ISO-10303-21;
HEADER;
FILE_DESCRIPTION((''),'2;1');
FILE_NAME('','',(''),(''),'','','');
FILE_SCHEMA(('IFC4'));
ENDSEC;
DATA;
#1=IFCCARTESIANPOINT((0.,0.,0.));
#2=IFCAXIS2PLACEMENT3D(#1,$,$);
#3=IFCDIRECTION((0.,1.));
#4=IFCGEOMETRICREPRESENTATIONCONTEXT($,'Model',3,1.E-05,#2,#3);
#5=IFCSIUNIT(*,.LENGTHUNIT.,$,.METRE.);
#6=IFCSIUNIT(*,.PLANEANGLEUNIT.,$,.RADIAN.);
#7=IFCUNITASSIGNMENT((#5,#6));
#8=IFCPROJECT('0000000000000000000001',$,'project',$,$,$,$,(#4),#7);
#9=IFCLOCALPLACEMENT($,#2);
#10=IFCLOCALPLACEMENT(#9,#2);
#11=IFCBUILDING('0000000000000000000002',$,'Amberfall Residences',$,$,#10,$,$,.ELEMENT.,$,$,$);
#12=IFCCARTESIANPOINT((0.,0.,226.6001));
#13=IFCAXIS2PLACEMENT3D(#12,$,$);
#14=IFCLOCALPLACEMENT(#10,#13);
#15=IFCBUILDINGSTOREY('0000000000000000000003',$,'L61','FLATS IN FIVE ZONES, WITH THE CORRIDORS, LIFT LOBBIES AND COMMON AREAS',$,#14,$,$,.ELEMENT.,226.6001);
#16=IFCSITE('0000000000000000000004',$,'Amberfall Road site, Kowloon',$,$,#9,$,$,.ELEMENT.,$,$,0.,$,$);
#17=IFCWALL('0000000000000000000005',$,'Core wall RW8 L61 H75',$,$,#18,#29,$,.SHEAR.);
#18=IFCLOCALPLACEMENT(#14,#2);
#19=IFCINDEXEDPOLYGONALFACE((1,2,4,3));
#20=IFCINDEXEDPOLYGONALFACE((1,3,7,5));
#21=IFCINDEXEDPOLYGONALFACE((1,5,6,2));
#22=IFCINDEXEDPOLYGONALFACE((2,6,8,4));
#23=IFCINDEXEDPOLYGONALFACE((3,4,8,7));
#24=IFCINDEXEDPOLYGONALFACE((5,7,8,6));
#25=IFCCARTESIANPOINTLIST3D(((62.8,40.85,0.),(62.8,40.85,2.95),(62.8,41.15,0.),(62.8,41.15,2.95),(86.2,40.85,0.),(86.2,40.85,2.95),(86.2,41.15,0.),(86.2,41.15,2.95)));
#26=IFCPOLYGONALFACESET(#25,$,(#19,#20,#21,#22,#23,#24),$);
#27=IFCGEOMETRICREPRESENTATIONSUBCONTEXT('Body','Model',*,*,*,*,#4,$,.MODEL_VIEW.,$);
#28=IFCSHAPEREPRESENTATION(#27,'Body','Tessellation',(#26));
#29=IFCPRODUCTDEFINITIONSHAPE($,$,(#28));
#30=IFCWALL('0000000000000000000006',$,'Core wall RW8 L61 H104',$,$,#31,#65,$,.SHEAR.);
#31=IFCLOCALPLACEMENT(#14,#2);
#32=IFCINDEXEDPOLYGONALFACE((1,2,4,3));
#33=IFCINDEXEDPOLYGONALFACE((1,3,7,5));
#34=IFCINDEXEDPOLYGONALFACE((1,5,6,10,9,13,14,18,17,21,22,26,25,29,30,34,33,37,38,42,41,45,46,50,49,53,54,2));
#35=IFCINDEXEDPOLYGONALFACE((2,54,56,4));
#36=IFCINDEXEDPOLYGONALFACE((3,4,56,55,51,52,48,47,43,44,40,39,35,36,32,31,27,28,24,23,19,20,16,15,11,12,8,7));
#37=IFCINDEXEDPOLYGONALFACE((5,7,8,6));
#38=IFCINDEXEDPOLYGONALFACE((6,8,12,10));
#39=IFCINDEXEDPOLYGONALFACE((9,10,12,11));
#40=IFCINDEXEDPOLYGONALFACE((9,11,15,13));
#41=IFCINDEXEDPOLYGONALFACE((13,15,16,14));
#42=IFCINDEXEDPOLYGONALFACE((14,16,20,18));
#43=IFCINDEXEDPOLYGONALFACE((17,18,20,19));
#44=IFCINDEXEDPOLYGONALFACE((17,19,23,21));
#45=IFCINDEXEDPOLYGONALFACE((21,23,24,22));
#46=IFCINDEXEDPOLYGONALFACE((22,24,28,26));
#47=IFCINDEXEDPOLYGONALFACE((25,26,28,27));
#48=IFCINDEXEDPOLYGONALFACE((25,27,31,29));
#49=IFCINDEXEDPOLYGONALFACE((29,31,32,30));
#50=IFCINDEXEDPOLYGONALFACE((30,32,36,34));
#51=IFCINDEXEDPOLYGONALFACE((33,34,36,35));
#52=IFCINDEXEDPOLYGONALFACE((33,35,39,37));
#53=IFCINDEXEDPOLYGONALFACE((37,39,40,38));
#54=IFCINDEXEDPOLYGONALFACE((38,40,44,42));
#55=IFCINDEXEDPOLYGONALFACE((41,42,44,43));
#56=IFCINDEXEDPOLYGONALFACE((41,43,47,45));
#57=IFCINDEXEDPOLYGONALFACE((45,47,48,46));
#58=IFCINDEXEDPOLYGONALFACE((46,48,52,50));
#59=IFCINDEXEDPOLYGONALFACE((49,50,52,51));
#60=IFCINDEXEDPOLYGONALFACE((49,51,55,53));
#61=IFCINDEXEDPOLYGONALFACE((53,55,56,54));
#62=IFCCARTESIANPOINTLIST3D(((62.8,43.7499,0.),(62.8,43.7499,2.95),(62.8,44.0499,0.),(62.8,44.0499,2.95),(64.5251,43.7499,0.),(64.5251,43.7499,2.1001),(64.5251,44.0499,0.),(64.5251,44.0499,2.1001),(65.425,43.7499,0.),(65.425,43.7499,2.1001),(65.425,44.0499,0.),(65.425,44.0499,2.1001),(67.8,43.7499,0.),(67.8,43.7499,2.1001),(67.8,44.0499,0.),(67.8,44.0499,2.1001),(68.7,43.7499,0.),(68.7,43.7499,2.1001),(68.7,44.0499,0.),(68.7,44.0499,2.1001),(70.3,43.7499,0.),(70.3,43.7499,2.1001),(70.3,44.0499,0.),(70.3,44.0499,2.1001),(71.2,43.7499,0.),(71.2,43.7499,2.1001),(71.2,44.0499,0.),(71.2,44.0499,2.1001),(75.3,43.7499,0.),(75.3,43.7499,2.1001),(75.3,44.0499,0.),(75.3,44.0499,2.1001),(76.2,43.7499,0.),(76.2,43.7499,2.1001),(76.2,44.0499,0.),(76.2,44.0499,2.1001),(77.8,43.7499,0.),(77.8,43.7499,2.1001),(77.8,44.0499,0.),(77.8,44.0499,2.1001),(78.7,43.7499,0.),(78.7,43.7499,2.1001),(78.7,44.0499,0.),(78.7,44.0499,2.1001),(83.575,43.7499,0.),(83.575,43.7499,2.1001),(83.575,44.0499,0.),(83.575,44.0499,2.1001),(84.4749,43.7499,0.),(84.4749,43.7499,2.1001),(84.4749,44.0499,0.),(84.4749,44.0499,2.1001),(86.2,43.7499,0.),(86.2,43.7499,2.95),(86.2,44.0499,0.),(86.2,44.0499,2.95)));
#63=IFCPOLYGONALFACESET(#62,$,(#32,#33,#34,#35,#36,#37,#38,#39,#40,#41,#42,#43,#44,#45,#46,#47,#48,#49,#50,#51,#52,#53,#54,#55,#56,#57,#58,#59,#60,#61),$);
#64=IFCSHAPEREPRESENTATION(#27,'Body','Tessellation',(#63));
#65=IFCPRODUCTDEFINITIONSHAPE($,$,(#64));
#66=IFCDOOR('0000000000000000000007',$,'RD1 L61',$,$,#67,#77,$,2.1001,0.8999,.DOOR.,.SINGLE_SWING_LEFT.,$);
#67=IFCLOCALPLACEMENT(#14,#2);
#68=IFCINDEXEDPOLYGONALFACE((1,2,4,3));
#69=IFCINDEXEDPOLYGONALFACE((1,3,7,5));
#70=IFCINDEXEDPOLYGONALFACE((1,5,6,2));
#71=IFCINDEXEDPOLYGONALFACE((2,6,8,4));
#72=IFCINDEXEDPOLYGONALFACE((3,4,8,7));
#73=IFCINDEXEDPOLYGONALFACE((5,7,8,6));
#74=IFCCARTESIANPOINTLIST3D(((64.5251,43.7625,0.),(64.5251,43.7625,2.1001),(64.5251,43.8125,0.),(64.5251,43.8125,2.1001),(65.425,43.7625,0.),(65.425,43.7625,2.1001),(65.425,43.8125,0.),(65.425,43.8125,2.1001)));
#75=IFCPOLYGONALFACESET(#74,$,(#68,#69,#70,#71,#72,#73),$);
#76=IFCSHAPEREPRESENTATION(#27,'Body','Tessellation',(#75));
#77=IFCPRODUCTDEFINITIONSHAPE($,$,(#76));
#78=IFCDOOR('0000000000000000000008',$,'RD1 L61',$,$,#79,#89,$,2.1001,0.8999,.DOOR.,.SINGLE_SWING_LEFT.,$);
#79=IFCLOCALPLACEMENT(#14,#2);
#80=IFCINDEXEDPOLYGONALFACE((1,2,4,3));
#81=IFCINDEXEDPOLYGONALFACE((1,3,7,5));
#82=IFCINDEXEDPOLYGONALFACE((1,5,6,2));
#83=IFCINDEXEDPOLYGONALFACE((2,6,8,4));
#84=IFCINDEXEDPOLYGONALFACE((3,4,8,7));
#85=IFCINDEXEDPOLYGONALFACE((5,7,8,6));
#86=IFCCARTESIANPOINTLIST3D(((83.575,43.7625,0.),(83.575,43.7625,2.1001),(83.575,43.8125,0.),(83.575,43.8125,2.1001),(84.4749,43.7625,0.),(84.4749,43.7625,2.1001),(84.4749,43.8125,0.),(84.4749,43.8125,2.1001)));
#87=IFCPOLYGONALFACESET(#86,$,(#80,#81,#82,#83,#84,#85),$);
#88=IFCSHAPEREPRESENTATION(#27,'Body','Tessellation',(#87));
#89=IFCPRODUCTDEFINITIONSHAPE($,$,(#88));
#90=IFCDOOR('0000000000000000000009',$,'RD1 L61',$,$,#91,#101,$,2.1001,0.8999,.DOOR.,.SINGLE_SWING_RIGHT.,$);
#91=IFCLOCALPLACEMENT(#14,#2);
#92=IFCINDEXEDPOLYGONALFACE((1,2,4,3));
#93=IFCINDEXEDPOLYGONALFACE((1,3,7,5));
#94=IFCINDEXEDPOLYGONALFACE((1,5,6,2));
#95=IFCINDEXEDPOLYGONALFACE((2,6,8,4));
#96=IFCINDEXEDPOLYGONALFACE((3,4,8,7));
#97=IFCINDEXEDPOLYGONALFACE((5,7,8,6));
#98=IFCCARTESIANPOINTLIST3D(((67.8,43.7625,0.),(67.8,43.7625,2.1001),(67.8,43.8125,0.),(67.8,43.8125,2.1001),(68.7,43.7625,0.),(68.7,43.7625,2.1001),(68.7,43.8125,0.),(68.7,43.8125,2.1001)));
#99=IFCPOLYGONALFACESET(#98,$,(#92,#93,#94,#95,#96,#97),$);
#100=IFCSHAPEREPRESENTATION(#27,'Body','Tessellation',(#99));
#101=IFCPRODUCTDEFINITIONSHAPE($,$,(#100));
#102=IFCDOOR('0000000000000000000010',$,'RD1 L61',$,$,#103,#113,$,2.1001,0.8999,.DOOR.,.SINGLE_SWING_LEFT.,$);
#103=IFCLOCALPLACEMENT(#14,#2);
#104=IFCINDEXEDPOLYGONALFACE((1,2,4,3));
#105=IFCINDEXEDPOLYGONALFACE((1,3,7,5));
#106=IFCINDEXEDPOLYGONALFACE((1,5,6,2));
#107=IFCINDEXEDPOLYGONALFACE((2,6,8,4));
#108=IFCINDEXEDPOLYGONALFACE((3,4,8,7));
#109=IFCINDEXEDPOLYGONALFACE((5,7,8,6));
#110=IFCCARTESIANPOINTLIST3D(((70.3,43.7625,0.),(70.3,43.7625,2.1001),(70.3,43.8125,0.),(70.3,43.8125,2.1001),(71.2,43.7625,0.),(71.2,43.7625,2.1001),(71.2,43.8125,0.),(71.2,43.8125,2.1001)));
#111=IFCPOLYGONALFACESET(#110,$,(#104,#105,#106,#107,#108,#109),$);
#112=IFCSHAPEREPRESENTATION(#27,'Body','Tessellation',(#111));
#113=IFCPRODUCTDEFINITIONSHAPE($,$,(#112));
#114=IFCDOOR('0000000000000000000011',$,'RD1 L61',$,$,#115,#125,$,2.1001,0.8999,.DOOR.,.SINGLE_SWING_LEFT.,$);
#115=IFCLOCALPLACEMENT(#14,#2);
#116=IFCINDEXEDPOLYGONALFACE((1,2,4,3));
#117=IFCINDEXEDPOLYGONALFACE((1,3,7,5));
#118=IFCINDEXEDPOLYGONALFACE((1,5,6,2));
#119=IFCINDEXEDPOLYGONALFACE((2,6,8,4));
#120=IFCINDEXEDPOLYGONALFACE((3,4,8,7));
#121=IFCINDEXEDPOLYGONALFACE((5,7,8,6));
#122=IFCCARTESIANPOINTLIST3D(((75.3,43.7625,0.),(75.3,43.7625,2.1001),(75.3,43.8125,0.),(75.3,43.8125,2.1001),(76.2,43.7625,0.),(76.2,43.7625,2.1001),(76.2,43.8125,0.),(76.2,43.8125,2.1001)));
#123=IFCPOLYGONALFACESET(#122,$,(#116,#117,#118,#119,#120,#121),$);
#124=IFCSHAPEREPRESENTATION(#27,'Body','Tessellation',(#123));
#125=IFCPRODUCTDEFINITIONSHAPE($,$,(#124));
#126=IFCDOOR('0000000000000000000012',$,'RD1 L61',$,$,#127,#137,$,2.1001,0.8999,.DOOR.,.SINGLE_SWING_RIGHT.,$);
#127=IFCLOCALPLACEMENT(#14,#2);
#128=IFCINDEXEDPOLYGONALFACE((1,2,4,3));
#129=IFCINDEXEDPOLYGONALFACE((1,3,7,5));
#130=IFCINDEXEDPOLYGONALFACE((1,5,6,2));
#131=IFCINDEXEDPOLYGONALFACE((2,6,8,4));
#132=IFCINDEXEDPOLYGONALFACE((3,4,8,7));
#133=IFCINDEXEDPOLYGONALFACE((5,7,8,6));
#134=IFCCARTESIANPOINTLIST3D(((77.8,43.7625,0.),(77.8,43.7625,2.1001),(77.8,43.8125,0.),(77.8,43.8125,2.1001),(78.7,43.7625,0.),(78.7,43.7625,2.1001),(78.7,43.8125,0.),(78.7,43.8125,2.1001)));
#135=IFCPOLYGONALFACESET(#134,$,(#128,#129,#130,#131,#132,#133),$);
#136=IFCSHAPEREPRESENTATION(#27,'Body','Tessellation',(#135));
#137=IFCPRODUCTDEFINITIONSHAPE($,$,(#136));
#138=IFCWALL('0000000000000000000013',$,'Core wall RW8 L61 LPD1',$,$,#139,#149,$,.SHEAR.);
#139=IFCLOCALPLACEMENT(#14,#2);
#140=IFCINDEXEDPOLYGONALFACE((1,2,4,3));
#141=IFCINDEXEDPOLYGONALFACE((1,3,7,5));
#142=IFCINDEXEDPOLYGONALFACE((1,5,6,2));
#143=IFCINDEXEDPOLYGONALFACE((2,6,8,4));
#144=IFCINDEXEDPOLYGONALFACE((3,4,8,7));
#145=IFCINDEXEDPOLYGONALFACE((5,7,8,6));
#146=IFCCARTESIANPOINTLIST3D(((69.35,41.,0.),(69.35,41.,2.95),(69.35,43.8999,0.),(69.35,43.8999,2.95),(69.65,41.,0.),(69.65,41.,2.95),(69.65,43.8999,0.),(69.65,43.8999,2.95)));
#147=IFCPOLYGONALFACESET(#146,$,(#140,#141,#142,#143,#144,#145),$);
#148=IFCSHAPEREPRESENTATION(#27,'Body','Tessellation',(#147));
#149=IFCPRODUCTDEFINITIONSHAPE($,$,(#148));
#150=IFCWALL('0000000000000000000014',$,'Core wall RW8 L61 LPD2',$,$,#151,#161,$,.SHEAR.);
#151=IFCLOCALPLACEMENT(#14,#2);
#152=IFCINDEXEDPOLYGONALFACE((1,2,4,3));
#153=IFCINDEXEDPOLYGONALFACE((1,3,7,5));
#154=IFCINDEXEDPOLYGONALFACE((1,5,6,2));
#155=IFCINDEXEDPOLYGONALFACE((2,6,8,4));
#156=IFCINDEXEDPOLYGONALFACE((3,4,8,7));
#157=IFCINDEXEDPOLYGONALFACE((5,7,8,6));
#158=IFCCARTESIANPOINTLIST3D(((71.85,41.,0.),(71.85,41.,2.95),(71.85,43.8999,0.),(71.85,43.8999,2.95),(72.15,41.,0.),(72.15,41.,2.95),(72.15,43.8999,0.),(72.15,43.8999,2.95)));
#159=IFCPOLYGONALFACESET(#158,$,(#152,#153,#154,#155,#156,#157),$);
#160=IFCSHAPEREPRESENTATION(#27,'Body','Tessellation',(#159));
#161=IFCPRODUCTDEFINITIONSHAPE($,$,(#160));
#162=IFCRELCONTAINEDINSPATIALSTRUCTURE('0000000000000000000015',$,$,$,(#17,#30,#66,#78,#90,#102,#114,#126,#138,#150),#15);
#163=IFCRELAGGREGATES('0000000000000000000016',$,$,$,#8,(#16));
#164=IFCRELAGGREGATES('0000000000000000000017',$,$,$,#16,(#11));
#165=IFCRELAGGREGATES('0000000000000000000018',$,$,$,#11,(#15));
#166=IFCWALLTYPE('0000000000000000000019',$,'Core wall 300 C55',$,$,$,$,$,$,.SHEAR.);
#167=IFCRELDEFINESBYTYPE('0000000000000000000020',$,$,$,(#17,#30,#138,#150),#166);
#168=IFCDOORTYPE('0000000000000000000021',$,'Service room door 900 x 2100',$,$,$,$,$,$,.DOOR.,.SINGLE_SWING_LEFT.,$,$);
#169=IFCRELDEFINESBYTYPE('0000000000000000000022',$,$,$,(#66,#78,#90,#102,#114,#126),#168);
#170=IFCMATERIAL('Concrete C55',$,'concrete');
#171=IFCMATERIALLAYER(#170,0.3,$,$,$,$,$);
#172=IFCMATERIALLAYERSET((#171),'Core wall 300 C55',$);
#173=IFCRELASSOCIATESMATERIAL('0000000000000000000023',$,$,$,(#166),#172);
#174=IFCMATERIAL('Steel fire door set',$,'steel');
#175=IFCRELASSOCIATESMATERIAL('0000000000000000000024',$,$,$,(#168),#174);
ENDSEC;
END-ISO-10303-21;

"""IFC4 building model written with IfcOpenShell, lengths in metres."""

from ifc_helpers import new_model, si_unit, direction, frame, frame_2d, origin, place, context, subcontext, project, spatial, rectangle, extrude, material, layer, layer_set, type_object, element, fill, save


model = new_model("IFC4")

# Units and contexts
model_context = context("Model", 3, precision=1e-05, world=origin(), true_north=direction((0.0, 1.0)))
body_context = subcontext(model_context, "Body", "Model", "MODEL_VIEW")
ifc_project = project(units=[si_unit("LENGTHUNIT", "METRE"), si_unit("PLANEANGLEUNIT", "RADIAN")], contexts=[model_context])

# Site, building, storey
site_placement = place(None, origin())
site = spatial("IfcSite", under=ifc_project, at=site_placement, Name="Amberfall Road site, Kowloon", CompositionType="ELEMENT", RefElevation=0.0)
building_placement = place(site_placement, origin())
building = spatial("IfcBuilding", under=site, at=building_placement, Name="Amberfall Residences", CompositionType="ELEMENT")
storey_placement = place(building_placement, frame((0.0, 0.0, 226.6001)))
storey = spatial("IfcBuildingStorey", under=building, at=storey_placement, Name="L61", Description="FLATS IN FIVE ZONES, WITH THE CORRIDORS, LIFT LOBBIES AND COMMON AREAS", CompositionType="ELEMENT", Elevation=226.6001)

# Wall
ifc_material_1 = material(Name="Concrete C55", Category="concrete")
ifc_layer = layer(ifc_material_1, 0.3)
ifc_layer_set = layer_set([ifc_layer], Name="Core wall 300 C55")
wall_type = type_object("IfcWallType", Name="Core wall 300 C55", PredefinedType="SHEAR", material=ifc_layer_set)
wall_1_placement = place(storey_placement, frame((62.8, 41.0, 0.0), z_axis=(0.0, 0.0, 1.0), x_axis=(1.0, 0.0, 0.0)))
element("IfcWall", 1, at=wall_1_placement, inside=storey, type_object=wall_type, Name="Core wall RW8 L61 H75", PredefinedType="SHEAR", context=body_context, shape_type="SweptSolid", body=[
    extrude(rectangle(XDim=23.3999, YDim=0.3, at=frame_2d((11.7, 0.0))), origin(), (0.0, 0.0, 1.0), 2.95),
])

# Wall, openings, doors
wall_2_placement = place(storey_placement, frame((62.8, 43.8999, 0.0), z_axis=(0.0, 0.0, 1.0), x_axis=(1.0, 0.0, 0.0)))
wall_2 = element("IfcWall", 2, at=wall_2_placement, inside=storey, type_object=wall_type, Name="Core wall RW8 L61 H104", PredefinedType="SHEAR", context=body_context, shape_type="SweptSolid", body=[
    extrude(rectangle(XDim=23.3999, YDim=0.3, at=frame_2d((11.7, 0.0))), origin(), (0.0, 0.0, 1.0), 2.95),
])
opening_1_placement = place(wall_2_placement, frame((1.7251, 0.0, 0.0)))
opening_1 = element("IfcOpeningElement", 3, at=opening_1_placement, cuts=wall_2, PredefinedType="OPENING", context=body_context, shape_type="SweptSolid", body=[
    extrude(rectangle(XDim=0.8999, YDim=2.1001, at=frame_2d((0.45, 1.05))), frame((0.0, 0.1599, 0.0), z_axis=(0.0, -1.0, 0.0), x_axis=(1.0, 0.0, 0.0)), (0.0, 0.0, 1.0), 0.3201),
])
opening_2_placement = place(wall_2_placement, frame((20.7749, 0.0, 0.0)))
opening_2 = element("IfcOpeningElement", 4, at=opening_2_placement, cuts=wall_2, PredefinedType="OPENING", context=body_context, shape_type="SweptSolid", body=[
    extrude(rectangle(XDim=0.8999, YDim=2.1001, at=frame_2d((0.45, 1.05))), frame((0.0, 0.1599, 0.0), z_axis=(0.0, -1.0, 0.0), x_axis=(1.0, 0.0, 0.0)), (0.0, 0.0, 1.0), 0.3201),
])
opening_3_placement = place(wall_2_placement, frame((5.0, 0.0, 0.0)))
opening_3 = element("IfcOpeningElement", 5, at=opening_3_placement, cuts=wall_2, PredefinedType="OPENING", context=body_context, shape_type="SweptSolid", body=[
    extrude(rectangle(XDim=0.8999, YDim=2.1001, at=frame_2d((0.45, 1.05))), frame((0.0, 0.1599, 0.0), z_axis=(0.0, -1.0, 0.0), x_axis=(1.0, 0.0, 0.0)), (0.0, 0.0, 1.0), 0.3201),
])
opening_4_placement = place(wall_2_placement, frame((7.5, 0.0, 0.0)))
opening_4 = element("IfcOpeningElement", 6, at=opening_4_placement, cuts=wall_2, PredefinedType="OPENING", context=body_context, shape_type="SweptSolid", body=[
    extrude(rectangle(XDim=0.8999, YDim=2.1001, at=frame_2d((0.45, 1.05))), frame((0.0, 0.1599, 0.0), z_axis=(0.0, -1.0, 0.0), x_axis=(1.0, 0.0, 0.0)), (0.0, 0.0, 1.0), 0.3201),
])
opening_5_placement = place(wall_2_placement, frame((12.5, 0.0, 0.0)))
opening_5 = element("IfcOpeningElement", 7, at=opening_5_placement, cuts=wall_2, PredefinedType="OPENING", context=body_context, shape_type="SweptSolid", body=[
    extrude(rectangle(XDim=0.8999, YDim=2.1001, at=frame_2d((0.45, 1.05))), frame((0.0, 0.1599, 0.0), z_axis=(0.0, -1.0, 0.0), x_axis=(1.0, 0.0, 0.0)), (0.0, 0.0, 1.0), 0.3201),
])
opening_6_placement = place(wall_2_placement, frame((15.0, 0.0, 0.0)))
opening_6 = element("IfcOpeningElement", 8, at=opening_6_placement, cuts=wall_2, PredefinedType="OPENING", context=body_context, shape_type="SweptSolid", body=[
    extrude(rectangle(XDim=0.8999, YDim=2.1001, at=frame_2d((0.45, 1.05))), frame((0.0, 0.1599, 0.0), z_axis=(0.0, -1.0, 0.0), x_axis=(1.0, 0.0, 0.0)), (0.0, 0.0, 1.0), 0.3201),
])
ifc_material_2 = material(Name="Steel fire door set", Category="steel")
door_type_1 = type_object("IfcDoorType", Name="Service room door 900 x 2100", OperationType="SINGLE_SWING_LEFT", PredefinedType="DOOR", material=ifc_material_2)
door_1_placement = place(opening_1_placement, origin())
door_1 = element("IfcDoor", 9, at=door_1_placement, inside=storey, type_object=door_type_1, Name="RD1 L61", OperationType="SINGLE_SWING_LEFT", OverallHeight=2.1001, OverallWidth=0.8999, PredefinedType="DOOR", context=body_context, shape_type="SweptSolid", body=[
    extrude(rectangle(XDim=0.8999, YDim=2.1001, at=frame_2d((0.45, 1.05))), frame((0.0, -0.0874, 0.0), z_axis=(0.0, -1.0, 0.0), x_axis=(1.0, 0.0, 0.0)), (0.0, 0.0, 1.0), 0.05),
])
fill(opening_1, door_1)
door_2_placement = place(opening_2_placement, origin())
door_2 = element("IfcDoor", 10, at=door_2_placement, inside=storey, type_object=door_type_1, Name="RD1 L61", OperationType="SINGLE_SWING_LEFT", OverallHeight=2.1001, OverallWidth=0.8999, PredefinedType="DOOR", context=body_context, shape_type="SweptSolid", body=[
    extrude(rectangle(XDim=0.8999, YDim=2.1001, at=frame_2d((0.45, 1.05))), frame((0.0, -0.0874, 0.0), z_axis=(0.0, -1.0, 0.0), x_axis=(1.0, 0.0, 0.0)), (0.0, 0.0, 1.0), 0.05),
])
fill(opening_2, door_2)
door_3_placement = place(opening_3_placement, origin())
door_3 = element("IfcDoor", 11, at=door_3_placement, inside=storey, type_object=door_type_1, Name="RD1 L61", OperationType="SINGLE_SWING_RIGHT", OverallHeight=2.1001, OverallWidth=0.8999, PredefinedType="DOOR", context=body_context, shape_type="SweptSolid", body=[
    extrude(rectangle(XDim=0.8999, YDim=2.1001, at=frame_2d((0.45, 1.05))), frame((0.0, -0.0874, 0.0), z_axis=(0.0, -1.0, 0.0), x_axis=(1.0, 0.0, 0.0)), (0.0, 0.0, 1.0), 0.05),
])
fill(opening_3, door_3)
door_4_placement = place(opening_4_placement, origin())
door_4 = element("IfcDoor", 12, at=door_4_placement, inside=storey, type_object=door_type_1, Name="RD1 L61", OperationType="SINGLE_SWING_LEFT", OverallHeight=2.1001, OverallWidth=0.8999, PredefinedType="DOOR", context=body_context, shape_type="SweptSolid", body=[
    extrude(rectangle(XDim=0.8999, YDim=2.1001, at=frame_2d((0.45, 1.05))), frame((0.0, -0.0874, 0.0), z_axis=(0.0, -1.0, 0.0), x_axis=(1.0, 0.0, 0.0)), (0.0, 0.0, 1.0), 0.05),
])
fill(opening_4, door_4)
door_5_placement = place(opening_5_placement, origin())
door_5 = element("IfcDoor", 13, at=door_5_placement, inside=storey, type_object=door_type_1, Name="RD1 L61", OperationType="SINGLE_SWING_LEFT", OverallHeight=2.1001, OverallWidth=0.8999, PredefinedType="DOOR", context=body_context, shape_type="SweptSolid", body=[
    extrude(rectangle(XDim=0.8999, YDim=2.1001, at=frame_2d((0.45, 1.05))), frame((0.0, -0.0874, 0.0), z_axis=(0.0, -1.0, 0.0), x_axis=(1.0, 0.0, 0.0)), (0.0, 0.0, 1.0), 0.05),
])
fill(opening_5, door_5)
door_6_placement = place(opening_6_placement, origin())
door_6 = element("IfcDoor", 14, at=door_6_placement, inside=storey, type_object=door_type_1, Name="RD1 L61", OperationType="SINGLE_SWING_RIGHT", OverallHeight=2.1001, OverallWidth=0.8999, PredefinedType="DOOR", context=body_context, shape_type="SweptSolid", body=[
    extrude(rectangle(XDim=0.8999, YDim=2.1001, at=frame_2d((0.45, 1.05))), frame((0.0, -0.0874, 0.0), z_axis=(0.0, -1.0, 0.0), x_axis=(1.0, 0.0, 0.0)), (0.0, 0.0, 1.0), 0.05),
])
fill(opening_6, door_6)

# Walls
for number, where, z_axis, x_axis, name in (
    (15, (69.5, 41.0, 0.0), (0.0, 0.0, 1.0), (0.0, 1.0, 0.0), "Core wall RW8 L61 LPD1"),
    (16, (72.0, 41.0, 0.0), (0.0, 0.0, 1.0), (0.0, 1.0, 0.0), "Core wall RW8 L61 LPD2"),
):
    element("IfcWall", number, at=place(storey_placement, frame(where, z_axis=z_axis, x_axis=x_axis)), inside=storey, type_object=wall_type, Name=name, PredefinedType="SHEAR", context=body_context, shape_type="SweptSolid", body=[
        extrude(rectangle(XDim=2.8999, YDim=0.3, at=frame_2d((1.45, 0.0))), origin(), (0.0, 0.0, 1.0), 2.95),
    ])

save(model, "model.ifc")
